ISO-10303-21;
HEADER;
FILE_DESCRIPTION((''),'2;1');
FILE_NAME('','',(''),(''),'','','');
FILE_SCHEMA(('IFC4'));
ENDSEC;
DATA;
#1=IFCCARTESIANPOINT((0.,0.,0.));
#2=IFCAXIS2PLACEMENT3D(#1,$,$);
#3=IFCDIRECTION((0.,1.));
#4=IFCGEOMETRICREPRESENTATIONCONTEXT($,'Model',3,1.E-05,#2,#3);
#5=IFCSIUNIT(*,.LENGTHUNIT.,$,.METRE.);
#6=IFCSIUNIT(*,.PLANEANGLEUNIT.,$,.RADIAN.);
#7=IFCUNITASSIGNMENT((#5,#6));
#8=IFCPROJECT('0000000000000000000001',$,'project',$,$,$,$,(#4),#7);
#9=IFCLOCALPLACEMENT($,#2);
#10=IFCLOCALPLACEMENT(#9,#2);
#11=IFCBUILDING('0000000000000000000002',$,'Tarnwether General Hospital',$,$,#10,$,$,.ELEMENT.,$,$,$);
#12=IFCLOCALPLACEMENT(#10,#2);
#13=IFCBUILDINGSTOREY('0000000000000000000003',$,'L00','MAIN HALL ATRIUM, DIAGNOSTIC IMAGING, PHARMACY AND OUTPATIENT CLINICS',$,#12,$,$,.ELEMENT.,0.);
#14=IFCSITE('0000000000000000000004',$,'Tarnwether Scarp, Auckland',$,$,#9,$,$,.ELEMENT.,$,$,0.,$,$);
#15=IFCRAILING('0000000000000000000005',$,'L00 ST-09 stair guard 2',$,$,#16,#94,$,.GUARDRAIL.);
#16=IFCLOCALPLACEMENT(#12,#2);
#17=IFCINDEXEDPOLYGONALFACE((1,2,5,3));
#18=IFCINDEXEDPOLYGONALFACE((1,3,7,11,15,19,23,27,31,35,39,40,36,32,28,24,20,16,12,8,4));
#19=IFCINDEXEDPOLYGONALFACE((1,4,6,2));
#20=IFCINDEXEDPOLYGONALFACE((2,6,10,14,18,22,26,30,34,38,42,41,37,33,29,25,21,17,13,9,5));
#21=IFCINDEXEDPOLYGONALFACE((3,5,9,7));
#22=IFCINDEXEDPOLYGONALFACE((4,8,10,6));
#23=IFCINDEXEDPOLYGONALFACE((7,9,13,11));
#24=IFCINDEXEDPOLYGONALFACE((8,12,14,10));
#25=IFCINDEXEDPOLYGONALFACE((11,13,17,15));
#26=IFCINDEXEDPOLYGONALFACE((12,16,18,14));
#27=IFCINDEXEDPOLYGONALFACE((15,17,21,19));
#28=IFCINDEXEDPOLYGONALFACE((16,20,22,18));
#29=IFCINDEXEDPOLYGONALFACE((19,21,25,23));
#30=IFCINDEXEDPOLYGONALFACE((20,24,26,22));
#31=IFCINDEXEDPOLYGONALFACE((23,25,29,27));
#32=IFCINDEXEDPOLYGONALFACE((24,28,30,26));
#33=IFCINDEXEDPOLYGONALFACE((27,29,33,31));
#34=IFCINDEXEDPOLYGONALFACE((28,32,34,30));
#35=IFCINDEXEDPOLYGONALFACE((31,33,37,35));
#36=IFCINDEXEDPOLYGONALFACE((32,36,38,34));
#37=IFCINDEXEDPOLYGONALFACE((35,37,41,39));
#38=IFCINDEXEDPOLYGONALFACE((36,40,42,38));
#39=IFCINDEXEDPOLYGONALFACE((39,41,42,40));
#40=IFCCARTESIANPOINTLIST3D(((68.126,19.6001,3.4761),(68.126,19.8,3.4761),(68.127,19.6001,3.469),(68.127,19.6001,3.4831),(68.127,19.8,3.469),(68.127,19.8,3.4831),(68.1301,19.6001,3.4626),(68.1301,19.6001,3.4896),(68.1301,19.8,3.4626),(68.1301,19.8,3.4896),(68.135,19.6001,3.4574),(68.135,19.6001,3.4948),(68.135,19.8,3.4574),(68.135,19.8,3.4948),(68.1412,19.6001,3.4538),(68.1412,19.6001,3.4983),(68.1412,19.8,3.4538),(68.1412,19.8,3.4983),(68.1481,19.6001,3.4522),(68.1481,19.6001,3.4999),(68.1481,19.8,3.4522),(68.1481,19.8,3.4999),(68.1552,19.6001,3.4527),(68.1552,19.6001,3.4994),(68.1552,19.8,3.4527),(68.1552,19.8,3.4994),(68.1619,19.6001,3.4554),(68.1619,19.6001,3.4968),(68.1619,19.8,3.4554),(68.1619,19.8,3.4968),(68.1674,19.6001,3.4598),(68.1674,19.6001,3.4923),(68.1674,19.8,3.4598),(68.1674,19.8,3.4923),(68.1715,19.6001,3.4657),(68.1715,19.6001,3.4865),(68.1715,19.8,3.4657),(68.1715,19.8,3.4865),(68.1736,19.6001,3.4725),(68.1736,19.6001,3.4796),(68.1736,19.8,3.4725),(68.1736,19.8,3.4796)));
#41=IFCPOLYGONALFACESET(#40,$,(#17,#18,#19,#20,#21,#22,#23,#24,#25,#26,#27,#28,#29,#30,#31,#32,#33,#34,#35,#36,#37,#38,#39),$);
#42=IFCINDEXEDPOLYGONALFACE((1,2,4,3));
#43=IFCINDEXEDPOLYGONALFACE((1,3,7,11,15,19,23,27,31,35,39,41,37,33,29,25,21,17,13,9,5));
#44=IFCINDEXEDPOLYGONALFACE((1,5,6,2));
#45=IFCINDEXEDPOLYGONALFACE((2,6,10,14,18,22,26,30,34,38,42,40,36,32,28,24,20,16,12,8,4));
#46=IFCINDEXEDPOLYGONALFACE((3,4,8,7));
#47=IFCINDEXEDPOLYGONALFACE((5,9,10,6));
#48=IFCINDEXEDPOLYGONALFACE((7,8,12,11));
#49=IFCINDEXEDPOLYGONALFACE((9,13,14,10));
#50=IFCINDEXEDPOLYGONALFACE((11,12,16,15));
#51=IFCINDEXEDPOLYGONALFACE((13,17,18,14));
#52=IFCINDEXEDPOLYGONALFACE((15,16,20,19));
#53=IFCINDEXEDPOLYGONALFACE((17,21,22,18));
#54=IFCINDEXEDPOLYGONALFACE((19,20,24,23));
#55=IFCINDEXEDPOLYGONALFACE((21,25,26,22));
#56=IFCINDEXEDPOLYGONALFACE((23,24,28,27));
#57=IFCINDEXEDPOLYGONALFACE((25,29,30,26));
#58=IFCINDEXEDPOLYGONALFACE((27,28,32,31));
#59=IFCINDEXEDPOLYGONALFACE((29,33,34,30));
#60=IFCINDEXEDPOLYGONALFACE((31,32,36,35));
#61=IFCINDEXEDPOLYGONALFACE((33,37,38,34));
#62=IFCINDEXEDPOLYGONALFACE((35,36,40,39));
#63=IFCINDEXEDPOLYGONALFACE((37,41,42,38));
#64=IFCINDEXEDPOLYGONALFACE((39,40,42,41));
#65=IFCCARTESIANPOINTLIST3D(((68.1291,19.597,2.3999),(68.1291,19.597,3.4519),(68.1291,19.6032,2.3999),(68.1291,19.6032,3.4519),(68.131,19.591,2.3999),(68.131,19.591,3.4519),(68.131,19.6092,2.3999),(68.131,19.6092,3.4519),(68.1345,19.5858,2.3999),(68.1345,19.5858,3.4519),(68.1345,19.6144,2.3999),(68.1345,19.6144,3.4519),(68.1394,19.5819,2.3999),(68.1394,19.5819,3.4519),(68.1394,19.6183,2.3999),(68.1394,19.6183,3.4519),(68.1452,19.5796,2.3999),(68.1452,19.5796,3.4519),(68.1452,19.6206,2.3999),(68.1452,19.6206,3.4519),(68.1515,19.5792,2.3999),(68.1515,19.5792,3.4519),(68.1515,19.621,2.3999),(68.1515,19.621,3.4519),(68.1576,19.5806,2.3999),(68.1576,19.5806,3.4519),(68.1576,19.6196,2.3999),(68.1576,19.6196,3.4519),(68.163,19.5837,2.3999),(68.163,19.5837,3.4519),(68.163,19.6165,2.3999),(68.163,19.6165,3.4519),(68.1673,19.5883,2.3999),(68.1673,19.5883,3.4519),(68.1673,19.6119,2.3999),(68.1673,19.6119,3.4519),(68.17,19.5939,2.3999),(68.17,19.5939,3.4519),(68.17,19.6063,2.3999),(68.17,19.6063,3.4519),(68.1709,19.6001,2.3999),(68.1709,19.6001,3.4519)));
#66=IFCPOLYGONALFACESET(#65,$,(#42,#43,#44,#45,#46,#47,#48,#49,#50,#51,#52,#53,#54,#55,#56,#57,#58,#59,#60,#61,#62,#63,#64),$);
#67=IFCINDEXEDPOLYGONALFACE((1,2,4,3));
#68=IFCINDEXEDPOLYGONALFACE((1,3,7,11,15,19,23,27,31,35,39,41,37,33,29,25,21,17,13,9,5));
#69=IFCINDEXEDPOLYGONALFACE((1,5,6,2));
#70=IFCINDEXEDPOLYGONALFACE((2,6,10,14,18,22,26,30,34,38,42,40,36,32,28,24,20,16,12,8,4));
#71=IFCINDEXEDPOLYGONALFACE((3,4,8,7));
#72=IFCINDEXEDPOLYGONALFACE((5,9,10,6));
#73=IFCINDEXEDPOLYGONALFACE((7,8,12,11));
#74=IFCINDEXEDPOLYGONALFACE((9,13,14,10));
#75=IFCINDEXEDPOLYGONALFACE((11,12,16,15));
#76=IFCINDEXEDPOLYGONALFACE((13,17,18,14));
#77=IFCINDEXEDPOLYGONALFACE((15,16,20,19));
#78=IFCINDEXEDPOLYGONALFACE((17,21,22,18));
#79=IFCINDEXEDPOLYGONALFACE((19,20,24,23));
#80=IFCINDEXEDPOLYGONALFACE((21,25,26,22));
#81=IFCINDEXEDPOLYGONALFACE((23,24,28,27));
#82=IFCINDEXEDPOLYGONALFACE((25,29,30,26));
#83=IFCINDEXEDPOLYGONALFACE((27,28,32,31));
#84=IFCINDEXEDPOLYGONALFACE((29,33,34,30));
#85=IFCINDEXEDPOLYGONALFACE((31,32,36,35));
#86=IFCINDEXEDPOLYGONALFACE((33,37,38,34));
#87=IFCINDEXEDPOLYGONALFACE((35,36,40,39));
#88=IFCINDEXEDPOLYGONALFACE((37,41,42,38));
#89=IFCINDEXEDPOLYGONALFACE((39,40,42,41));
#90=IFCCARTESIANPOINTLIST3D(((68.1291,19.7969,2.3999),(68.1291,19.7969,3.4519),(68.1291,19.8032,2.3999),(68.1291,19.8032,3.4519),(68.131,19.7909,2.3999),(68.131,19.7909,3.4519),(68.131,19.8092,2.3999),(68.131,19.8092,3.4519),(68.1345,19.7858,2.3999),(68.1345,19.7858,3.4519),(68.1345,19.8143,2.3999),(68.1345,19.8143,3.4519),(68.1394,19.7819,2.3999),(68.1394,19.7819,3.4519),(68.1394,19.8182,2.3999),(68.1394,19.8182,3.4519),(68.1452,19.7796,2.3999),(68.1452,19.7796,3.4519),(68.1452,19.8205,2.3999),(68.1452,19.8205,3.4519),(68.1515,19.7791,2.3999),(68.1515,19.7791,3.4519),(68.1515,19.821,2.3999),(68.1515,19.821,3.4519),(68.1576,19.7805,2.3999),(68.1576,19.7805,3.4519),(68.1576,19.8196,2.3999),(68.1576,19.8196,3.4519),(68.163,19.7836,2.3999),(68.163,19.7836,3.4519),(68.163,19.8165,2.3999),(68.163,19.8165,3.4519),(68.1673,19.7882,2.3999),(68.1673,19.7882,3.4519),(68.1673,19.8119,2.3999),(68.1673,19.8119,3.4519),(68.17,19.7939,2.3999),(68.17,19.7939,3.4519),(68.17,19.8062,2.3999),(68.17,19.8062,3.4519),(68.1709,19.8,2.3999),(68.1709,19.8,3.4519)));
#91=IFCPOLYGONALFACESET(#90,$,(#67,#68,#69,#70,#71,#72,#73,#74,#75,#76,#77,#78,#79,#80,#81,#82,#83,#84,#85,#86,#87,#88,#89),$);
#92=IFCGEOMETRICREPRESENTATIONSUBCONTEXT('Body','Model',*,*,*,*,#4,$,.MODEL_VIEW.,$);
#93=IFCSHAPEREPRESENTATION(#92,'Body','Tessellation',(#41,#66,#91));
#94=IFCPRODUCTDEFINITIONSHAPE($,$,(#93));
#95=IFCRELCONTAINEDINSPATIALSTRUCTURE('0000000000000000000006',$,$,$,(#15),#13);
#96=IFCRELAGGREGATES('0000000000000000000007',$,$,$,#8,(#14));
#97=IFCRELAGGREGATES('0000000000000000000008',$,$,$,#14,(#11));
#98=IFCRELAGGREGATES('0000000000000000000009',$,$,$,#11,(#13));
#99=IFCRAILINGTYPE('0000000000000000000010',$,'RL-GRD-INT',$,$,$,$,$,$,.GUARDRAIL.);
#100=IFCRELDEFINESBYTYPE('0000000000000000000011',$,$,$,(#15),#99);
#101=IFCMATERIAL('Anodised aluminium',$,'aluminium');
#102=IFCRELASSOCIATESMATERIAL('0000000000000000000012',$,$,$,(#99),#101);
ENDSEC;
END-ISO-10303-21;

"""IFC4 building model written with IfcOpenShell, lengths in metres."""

from ifc_helpers import new_model, si_unit, direction, frame, origin, origin_2d, place, context, subcontext, project, spatial, circle, extrude, material, type_object, element, save


model = new_model("IFC4")

# Units and contexts
model_context = context("Model", 3, precision=1e-05, world=origin(), true_north=direction((0.0, 1.0)))
body_context = subcontext(model_context, "Body", "Model", "MODEL_VIEW")
ifc_project = project(units=[si_unit("LENGTHUNIT", "METRE"), si_unit("PLANEANGLEUNIT", "RADIAN")], contexts=[model_context])

# Site, building, storey
site_placement = place(None, origin())
site = spatial("IfcSite", under=ifc_project, at=site_placement, Name="Tarnwether Scarp, Auckland", CompositionType="ELEMENT", RefElevation=0.0)
building_placement = place(site_placement, origin())
building = spatial("IfcBuilding", under=site, at=building_placement, Name="Tarnwether General Hospital", CompositionType="ELEMENT")
storey_placement = place(building_placement, origin())
storey = spatial("IfcBuildingStorey", under=building, at=storey_placement, Name="L00", Description="MAIN HALL ATRIUM, DIAGNOSTIC IMAGING, PHARMACY AND OUTPATIENT CLINICS", CompositionType="ELEMENT", Elevation=0.0)

# Railing
ifc_material_1 = material(Name="Anodised aluminium", Category="aluminium")
railing_type_1 = type_object("IfcRailingType", Name="RL-GRD-INT", PredefinedType="GUARDRAIL", material=ifc_material_1)
railing_1_placement = place(storey_placement, frame((68.1499, 19.6001, 2.3999)))
element("IfcRailing", 1, at=railing_1_placement, inside=storey, type_object=railing_type_1, Name="L00 ST-09 stair guard 2", PredefinedType="GUARDRAIL", context=body_context, shape_type="SweptSolid", body=[
    extrude(circle(Radius=0.0239, at=origin_2d()), frame((0.0, 0.0, 1.0762), z_axis=(0.0, 1.0, 0.0), x_axis=(-1.0, 0.0, 0.0)), (0.0, 0.0, 1.0), 0.2),
    extrude(circle(Radius=0.021, at=origin_2d()), origin(), (0.0, 0.0, 1.0), 1.052),
    extrude(circle(Radius=0.021, at=origin_2d()), frame((0.0, 0.2, 0.0)), (0.0, 0.0, 1.0), 1.052),
])

save(model, "model.ifc")
